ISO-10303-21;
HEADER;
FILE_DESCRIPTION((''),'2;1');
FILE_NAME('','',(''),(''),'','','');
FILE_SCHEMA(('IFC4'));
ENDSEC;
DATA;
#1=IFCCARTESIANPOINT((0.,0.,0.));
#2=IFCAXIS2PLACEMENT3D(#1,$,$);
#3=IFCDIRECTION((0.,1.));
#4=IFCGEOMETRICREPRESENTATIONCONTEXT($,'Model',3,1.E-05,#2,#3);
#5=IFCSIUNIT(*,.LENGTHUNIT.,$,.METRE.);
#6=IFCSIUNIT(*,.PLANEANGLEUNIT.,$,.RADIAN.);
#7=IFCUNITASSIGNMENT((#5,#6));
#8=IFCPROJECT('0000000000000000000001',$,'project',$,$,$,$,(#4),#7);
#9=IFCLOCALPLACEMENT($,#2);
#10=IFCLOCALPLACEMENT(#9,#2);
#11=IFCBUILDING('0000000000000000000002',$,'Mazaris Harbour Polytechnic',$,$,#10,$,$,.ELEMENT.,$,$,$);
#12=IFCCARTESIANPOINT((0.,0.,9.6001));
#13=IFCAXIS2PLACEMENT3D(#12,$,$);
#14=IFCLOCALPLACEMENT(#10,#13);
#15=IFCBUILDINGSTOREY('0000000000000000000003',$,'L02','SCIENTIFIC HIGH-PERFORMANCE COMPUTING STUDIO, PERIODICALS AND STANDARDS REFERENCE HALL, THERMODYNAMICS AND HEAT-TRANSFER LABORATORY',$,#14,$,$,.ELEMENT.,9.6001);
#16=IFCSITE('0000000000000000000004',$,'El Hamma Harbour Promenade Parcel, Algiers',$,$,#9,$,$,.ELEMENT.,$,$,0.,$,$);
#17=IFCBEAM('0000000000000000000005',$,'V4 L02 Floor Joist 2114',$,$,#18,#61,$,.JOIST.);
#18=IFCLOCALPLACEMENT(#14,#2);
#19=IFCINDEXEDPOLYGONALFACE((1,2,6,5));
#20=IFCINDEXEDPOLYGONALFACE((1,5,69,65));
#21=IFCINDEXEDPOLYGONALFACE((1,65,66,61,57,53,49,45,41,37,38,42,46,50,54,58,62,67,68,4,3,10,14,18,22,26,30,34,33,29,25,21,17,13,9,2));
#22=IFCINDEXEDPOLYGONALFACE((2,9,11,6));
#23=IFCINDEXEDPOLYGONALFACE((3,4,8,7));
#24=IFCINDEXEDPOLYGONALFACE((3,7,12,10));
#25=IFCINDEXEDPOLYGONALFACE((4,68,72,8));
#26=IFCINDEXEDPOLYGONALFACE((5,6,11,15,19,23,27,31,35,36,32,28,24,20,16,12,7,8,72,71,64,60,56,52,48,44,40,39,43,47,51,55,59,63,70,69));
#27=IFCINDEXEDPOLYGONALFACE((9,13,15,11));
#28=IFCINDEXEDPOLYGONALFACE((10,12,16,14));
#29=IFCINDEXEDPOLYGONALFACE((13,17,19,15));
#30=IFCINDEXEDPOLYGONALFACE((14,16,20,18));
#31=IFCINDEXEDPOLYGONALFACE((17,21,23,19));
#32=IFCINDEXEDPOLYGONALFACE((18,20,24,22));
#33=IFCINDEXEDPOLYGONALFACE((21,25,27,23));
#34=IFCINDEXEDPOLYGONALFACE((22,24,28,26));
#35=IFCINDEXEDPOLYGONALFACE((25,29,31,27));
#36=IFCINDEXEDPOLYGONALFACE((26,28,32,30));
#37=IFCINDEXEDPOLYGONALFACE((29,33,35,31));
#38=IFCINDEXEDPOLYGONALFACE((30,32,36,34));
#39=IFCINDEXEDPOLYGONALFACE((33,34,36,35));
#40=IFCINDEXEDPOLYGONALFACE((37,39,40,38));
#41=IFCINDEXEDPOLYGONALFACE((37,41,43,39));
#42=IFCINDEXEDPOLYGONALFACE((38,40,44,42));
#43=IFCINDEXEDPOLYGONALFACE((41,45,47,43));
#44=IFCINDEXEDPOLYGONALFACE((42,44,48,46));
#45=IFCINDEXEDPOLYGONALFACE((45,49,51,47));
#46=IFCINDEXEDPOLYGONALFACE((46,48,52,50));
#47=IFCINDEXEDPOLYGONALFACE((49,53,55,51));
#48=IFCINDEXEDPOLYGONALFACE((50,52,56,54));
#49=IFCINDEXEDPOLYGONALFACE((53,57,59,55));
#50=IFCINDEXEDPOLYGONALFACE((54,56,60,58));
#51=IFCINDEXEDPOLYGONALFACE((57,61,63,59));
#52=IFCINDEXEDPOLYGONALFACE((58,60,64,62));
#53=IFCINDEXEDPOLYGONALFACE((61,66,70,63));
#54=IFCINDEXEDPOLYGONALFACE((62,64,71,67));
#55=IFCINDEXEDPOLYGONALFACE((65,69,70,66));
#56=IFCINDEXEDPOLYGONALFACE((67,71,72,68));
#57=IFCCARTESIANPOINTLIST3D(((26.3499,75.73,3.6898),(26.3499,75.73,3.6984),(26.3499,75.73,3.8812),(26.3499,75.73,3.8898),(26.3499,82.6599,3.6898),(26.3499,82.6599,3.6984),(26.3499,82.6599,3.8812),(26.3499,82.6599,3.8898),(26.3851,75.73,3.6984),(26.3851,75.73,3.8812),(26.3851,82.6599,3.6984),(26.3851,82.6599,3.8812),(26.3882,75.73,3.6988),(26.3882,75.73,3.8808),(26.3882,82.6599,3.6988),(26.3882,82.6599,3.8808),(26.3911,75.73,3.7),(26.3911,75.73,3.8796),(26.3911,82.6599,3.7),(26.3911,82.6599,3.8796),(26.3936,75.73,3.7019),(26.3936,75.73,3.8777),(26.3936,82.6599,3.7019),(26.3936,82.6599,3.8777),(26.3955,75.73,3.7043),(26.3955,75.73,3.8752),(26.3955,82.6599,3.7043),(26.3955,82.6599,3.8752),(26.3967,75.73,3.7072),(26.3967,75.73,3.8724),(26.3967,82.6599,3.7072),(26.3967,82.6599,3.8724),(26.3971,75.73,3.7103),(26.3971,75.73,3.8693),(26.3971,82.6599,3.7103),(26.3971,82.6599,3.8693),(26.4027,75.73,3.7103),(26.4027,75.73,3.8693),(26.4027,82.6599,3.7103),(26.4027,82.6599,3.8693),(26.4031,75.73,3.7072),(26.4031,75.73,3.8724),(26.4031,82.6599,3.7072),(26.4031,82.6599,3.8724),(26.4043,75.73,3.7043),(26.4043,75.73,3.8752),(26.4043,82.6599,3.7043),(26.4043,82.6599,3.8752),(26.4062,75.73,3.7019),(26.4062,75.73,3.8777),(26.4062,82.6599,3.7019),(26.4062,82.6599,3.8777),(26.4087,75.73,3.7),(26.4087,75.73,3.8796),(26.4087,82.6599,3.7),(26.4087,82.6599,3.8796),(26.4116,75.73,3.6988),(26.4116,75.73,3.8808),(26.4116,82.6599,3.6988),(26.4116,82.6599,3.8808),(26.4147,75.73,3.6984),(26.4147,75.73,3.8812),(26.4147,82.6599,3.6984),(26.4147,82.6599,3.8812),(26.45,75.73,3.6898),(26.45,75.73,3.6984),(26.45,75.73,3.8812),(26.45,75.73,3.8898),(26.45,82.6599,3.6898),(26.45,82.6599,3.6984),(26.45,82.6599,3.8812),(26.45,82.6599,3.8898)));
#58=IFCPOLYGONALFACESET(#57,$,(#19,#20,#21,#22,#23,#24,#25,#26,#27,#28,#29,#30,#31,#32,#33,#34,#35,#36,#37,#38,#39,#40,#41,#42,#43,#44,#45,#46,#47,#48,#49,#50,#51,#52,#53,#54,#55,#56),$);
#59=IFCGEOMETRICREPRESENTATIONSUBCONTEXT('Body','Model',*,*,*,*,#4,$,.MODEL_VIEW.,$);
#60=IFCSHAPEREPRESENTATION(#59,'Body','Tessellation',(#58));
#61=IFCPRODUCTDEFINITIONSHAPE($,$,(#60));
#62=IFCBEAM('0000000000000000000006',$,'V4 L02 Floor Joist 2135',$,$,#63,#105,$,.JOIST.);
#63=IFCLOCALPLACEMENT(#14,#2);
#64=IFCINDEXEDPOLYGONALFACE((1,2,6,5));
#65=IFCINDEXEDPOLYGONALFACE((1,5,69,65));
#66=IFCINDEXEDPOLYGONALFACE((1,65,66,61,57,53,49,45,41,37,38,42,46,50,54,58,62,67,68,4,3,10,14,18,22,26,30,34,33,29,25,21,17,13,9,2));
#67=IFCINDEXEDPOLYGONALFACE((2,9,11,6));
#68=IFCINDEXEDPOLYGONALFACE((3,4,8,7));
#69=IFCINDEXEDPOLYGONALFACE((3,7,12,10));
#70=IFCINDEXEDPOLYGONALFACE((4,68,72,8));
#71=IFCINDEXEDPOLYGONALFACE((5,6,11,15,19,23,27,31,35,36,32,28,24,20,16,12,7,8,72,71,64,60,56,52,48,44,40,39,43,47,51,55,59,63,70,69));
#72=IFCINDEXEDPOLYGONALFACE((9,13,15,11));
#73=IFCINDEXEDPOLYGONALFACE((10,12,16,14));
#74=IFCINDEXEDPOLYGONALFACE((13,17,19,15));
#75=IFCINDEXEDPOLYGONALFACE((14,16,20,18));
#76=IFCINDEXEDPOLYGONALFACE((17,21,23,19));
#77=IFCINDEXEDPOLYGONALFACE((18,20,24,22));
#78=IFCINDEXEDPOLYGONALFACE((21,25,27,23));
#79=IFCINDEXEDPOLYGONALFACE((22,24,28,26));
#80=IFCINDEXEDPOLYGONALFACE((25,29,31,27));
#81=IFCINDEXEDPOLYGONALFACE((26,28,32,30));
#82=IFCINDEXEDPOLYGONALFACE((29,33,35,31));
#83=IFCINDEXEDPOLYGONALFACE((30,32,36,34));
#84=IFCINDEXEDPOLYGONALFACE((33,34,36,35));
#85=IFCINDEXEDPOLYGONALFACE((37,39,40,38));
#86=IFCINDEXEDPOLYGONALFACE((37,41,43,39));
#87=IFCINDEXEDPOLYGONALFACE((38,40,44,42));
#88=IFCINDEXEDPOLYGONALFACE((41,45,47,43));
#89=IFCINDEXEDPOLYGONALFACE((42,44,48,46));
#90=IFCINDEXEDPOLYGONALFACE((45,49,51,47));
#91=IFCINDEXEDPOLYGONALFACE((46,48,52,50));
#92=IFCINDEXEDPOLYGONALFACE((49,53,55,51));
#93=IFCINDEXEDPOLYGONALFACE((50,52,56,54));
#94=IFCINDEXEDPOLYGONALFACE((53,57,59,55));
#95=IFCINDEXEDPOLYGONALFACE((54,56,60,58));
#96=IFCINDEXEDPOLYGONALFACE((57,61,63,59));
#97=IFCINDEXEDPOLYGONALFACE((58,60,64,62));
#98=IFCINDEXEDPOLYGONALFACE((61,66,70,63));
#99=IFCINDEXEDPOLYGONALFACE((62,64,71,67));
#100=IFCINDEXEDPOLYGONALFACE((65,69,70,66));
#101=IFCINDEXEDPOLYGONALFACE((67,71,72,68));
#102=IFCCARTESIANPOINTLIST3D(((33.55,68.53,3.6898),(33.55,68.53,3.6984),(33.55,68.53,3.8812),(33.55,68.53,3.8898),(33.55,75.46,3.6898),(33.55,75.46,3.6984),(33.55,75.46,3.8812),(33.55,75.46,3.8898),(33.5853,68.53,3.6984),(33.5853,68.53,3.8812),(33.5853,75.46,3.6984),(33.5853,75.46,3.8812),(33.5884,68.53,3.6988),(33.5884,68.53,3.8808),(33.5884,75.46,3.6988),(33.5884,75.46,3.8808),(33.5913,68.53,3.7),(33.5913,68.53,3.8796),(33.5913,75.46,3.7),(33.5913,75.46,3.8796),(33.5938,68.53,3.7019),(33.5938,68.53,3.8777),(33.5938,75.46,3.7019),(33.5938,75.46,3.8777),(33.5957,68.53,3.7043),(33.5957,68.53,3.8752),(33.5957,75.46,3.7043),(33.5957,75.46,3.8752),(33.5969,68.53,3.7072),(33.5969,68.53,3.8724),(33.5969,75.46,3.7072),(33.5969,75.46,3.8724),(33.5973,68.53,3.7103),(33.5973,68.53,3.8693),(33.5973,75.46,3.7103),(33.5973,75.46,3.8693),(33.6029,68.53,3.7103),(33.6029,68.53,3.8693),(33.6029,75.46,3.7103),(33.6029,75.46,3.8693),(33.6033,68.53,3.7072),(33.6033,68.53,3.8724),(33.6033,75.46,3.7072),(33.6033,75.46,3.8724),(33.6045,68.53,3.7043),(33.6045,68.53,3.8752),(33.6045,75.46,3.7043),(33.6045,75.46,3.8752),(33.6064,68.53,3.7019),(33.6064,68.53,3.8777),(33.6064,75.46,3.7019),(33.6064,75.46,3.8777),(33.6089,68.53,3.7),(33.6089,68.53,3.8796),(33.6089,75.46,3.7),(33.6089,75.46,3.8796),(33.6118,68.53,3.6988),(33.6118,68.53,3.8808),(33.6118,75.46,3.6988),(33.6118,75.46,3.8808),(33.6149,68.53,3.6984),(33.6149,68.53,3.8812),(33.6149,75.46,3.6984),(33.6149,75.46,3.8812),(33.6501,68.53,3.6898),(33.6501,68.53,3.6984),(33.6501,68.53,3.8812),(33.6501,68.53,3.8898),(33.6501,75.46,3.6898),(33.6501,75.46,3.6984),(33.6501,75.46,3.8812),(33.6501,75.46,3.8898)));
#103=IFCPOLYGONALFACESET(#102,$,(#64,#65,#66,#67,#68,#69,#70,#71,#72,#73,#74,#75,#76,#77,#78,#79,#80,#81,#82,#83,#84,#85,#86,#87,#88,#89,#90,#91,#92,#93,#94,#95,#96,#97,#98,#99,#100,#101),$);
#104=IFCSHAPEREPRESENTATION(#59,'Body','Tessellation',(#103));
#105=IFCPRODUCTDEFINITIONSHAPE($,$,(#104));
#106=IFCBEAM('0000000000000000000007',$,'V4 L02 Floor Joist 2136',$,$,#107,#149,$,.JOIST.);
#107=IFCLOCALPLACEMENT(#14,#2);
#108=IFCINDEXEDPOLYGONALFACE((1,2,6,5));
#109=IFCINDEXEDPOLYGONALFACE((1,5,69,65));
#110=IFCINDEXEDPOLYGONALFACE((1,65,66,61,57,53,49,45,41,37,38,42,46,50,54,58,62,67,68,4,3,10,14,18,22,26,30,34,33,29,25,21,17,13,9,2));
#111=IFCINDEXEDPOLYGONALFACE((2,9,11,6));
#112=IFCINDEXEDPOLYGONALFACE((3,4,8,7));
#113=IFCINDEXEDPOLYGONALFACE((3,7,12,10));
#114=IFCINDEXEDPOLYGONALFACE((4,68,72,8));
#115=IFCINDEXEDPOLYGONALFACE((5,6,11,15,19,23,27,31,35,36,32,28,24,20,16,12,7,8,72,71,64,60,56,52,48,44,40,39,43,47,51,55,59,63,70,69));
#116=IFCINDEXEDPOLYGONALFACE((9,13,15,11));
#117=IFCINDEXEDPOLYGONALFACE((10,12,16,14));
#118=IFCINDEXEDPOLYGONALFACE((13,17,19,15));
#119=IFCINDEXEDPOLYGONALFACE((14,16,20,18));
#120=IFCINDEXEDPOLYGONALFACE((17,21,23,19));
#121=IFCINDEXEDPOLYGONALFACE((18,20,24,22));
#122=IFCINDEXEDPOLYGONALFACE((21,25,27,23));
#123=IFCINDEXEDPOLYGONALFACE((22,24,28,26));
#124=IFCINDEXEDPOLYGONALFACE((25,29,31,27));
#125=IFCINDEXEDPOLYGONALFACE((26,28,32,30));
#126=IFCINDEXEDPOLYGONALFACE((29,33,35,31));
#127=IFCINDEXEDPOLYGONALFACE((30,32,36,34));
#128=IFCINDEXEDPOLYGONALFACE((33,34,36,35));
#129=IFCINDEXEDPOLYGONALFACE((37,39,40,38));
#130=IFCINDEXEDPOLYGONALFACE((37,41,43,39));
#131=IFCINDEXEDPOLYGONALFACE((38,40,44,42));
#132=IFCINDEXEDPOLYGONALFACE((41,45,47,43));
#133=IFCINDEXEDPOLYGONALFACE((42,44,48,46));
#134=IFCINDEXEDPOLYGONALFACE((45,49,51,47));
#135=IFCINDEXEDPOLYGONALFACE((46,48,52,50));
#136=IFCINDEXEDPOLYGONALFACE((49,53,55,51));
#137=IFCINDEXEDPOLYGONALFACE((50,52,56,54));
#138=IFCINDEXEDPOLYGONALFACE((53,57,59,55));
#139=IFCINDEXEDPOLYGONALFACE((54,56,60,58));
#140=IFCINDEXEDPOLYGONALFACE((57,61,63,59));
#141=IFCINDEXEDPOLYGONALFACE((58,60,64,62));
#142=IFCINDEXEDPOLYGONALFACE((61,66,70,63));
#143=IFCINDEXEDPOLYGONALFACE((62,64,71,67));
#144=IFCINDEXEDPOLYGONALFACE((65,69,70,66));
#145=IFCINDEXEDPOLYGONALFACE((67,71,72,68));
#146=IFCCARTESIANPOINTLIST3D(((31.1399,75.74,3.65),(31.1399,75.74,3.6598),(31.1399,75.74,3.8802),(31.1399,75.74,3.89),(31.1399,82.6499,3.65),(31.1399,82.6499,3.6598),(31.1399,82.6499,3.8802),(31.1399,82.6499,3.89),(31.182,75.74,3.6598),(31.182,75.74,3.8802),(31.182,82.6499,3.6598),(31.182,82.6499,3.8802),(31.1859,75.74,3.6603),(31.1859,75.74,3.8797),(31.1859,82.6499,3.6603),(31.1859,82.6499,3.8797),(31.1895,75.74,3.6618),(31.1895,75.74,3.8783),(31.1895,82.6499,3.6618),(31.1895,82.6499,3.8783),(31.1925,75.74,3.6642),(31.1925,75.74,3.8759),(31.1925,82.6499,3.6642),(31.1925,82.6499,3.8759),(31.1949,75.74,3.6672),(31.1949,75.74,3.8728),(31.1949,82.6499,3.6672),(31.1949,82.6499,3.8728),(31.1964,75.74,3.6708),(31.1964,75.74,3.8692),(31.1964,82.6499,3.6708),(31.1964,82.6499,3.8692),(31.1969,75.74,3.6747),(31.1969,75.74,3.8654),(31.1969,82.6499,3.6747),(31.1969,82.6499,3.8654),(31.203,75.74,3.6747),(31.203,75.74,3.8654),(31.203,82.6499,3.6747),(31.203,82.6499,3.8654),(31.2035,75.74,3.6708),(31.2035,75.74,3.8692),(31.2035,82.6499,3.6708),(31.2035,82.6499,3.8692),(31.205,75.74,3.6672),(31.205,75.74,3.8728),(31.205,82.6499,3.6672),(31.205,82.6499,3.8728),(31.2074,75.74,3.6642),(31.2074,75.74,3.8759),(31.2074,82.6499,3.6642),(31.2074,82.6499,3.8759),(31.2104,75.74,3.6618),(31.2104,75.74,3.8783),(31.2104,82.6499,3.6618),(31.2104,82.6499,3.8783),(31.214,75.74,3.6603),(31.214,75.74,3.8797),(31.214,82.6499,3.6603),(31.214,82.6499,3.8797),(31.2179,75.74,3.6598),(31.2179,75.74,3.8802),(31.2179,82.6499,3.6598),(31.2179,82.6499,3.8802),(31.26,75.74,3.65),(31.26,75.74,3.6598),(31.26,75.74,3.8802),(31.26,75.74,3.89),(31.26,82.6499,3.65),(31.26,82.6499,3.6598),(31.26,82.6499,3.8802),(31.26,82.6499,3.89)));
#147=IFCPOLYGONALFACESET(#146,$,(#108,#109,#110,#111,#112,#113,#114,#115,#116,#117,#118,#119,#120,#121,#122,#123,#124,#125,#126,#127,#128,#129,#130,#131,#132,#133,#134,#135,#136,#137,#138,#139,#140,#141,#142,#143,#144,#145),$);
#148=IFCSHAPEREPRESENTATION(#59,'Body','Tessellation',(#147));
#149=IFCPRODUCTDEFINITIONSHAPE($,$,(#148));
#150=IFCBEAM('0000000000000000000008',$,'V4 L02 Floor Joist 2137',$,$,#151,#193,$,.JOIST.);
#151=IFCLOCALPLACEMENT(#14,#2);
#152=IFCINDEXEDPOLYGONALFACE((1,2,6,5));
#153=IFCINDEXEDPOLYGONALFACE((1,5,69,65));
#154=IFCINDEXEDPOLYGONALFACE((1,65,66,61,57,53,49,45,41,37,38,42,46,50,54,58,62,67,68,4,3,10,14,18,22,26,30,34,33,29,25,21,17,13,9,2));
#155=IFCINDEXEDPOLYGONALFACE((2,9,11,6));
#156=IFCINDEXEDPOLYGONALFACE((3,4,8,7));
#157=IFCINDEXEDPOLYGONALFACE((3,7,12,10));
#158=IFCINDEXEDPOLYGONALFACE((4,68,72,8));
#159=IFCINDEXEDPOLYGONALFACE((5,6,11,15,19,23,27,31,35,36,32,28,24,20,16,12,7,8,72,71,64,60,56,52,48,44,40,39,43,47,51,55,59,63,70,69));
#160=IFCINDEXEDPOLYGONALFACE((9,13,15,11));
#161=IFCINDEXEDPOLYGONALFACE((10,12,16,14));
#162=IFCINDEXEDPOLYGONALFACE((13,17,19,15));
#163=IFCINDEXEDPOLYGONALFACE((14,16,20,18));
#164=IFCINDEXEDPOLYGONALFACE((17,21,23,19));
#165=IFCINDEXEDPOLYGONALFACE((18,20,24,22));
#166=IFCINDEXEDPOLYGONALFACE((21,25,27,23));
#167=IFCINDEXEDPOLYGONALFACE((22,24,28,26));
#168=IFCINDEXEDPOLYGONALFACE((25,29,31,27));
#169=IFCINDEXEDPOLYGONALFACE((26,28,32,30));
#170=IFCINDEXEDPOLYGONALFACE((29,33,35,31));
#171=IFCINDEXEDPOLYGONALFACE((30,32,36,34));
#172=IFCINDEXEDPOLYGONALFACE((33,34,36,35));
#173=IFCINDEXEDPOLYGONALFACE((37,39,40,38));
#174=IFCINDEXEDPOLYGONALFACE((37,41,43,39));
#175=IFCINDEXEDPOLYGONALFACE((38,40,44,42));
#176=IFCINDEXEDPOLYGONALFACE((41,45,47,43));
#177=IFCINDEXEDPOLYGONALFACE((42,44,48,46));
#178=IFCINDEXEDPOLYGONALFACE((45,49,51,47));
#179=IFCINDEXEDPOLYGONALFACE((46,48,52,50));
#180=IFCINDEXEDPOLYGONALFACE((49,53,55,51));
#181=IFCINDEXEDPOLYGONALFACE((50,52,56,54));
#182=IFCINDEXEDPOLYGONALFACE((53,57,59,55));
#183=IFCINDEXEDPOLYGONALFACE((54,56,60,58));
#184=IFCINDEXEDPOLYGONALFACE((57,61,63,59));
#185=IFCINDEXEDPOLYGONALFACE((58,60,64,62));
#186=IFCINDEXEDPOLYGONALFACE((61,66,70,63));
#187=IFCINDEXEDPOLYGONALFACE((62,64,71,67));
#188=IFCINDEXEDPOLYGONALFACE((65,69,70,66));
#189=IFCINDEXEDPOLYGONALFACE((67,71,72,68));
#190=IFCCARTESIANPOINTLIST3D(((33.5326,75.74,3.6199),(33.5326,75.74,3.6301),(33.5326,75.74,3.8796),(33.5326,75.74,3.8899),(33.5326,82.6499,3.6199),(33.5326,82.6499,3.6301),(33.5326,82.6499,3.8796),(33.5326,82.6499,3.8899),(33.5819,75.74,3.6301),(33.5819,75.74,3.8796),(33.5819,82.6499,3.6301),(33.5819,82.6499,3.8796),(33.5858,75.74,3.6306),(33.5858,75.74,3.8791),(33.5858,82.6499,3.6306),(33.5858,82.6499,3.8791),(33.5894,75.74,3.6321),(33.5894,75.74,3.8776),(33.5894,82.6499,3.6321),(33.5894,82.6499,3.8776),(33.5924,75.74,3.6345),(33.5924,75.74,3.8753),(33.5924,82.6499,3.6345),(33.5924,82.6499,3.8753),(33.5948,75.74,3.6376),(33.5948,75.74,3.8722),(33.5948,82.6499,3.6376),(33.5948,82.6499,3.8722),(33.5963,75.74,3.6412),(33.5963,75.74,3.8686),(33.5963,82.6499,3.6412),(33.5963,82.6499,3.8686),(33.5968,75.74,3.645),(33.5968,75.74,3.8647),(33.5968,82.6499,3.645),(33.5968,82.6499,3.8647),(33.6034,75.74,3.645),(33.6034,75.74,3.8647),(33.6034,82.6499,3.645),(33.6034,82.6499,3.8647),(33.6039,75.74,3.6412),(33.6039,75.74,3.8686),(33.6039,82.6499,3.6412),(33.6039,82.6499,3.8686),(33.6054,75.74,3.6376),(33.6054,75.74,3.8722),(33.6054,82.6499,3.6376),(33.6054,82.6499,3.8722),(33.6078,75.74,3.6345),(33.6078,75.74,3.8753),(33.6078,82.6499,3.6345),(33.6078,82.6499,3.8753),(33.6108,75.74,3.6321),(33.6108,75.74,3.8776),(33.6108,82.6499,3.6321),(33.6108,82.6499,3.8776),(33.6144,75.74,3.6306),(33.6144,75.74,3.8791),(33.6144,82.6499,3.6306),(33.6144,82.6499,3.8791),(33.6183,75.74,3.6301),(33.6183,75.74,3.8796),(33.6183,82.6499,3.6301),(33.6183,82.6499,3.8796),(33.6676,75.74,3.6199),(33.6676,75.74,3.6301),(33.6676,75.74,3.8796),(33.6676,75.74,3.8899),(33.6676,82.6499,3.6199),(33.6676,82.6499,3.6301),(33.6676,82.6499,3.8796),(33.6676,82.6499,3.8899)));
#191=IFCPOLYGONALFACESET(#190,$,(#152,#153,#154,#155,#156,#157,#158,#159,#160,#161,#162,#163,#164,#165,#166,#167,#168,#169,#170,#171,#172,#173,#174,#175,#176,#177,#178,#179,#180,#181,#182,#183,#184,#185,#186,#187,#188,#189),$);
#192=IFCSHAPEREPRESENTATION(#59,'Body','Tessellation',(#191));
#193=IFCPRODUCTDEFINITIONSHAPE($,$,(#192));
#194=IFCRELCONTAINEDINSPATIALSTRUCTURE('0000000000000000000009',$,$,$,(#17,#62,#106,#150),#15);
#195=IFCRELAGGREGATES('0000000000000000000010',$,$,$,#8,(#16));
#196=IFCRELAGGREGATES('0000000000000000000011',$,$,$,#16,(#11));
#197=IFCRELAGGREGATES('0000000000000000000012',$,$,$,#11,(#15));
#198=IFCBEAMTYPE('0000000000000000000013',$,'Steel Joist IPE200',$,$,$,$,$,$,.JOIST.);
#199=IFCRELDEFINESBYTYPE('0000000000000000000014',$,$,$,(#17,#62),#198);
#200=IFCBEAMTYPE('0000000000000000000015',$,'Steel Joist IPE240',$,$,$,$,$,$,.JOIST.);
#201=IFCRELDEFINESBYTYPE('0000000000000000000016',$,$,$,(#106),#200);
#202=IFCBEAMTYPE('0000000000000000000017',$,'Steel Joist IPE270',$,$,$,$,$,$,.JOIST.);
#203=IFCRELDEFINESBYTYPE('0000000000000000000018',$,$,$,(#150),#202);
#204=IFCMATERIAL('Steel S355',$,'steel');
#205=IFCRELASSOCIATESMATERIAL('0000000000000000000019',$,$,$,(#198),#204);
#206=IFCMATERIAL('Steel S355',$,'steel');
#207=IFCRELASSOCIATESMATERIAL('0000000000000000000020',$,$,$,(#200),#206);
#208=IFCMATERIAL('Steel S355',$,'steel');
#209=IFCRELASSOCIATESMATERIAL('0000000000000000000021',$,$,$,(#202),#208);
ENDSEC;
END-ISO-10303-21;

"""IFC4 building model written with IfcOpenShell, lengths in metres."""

from ifc_helpers import new_model, si_unit, direction, frame, origin, origin_2d, place, context, subcontext, project, spatial, i_section, extrude, material, material_profile, profile_set, type_object, element, save


model = new_model("IFC4")

# Units and contexts
model_context = context("Model", 3, precision=1e-05, world=origin(), true_north=direction((0.0, 1.0)))
body_context = subcontext(model_context, "Body", "Model", "MODEL_VIEW")
ifc_project = project(units=[si_unit("LENGTHUNIT", "METRE"), si_unit("PLANEANGLEUNIT", "RADIAN")], contexts=[model_context])

# Site, building, storey
site_placement = place(None, origin())
site = spatial("IfcSite", under=ifc_project, at=site_placement, Name="El Hamma Harbour Promenade Parcel, Algiers", CompositionType="ELEMENT", RefElevation=0.0)
building_placement = place(site_placement, origin())
building = spatial("IfcBuilding", under=site, at=building_placement, Name="Mazaris Harbour Polytechnic", CompositionType="ELEMENT")
storey_placement = place(building_placement, frame((0.0, 0.0, 9.6001)))
storey = spatial("IfcBuildingStorey", under=building, at=storey_placement, Name="L02", Description="SCIENTIFIC HIGH-PERFORMANCE COMPUTING STUDIO, PERIODICALS AND STANDARDS REFERENCE HALL, THERMODYNAMICS AND HEAT-TRANSFER LABORATORY", CompositionType="ELEMENT", Elevation=9.6001)

# Beams
ifc_material_1 = material(Name="Steel S355", Category="steel")
ifc_material_profile_1 = material_profile(ifc_material_1, i_section(OverallWidth=0.1001, OverallDepth=0.2, WebThickness=0.0056, FlangeThickness=0.0085, FilletRadius=0.012, at=origin_2d()), Name="IPE 200")
ifc_profile_set_1 = profile_set([ifc_material_profile_1], Name="Steel S355")
beam_type_1 = type_object("IfcBeamType", Name="Steel Joist IPE200", PredefinedType="JOIST", material=ifc_profile_set_1)
for number, where, z_axis, x_axis, name in (
    (1, (26.3999, 75.73, 3.7898), (0.0, 1.0, 0.0), (-1.0, 0.0, 0.0), "V4 L02 Floor Joist 2114"),
    (2, (33.6001, 68.53, 3.7898), (0.0, 1.0, 0.0), (-1.0, 0.0, 0.0), "V4 L02 Floor Joist 2135"),
):
    element("IfcBeam", number, at=place(storey_placement, frame(where, z_axis=z_axis, x_axis=x_axis)), inside=storey, type_object=beam_type_1, Name=name, PredefinedType="JOIST", context=body_context, shape_type="SweptSolid", body=[
        extrude(i_section(OverallWidth=0.1001, OverallDepth=0.2, WebThickness=0.0056, FlangeThickness=0.0085, FilletRadius=0.012, at=origin_2d()), origin(), (0.0, 0.0, 1.0), 6.9299),
    ])
ifc_material_2 = material(Name="Steel S355", Category="steel")
ifc_material_profile_2 = material_profile(ifc_material_2, i_section(OverallWidth=0.1201, OverallDepth=0.24, WebThickness=0.0061, FlangeThickness=0.0098, FilletRadius=0.0149, at=origin_2d()), Name="IPE 240")
ifc_profile_set_2 = profile_set([ifc_material_profile_2], Name="Steel S355")
beam_type_2 = type_object("IfcBeamType", Name="Steel Joist IPE240", PredefinedType="JOIST", material=ifc_profile_set_2)
beam_1_placement = place(storey_placement, frame((31.2, 75.74, 3.77), z_axis=(0.0, 1.0, 0.0), x_axis=(-1.0, 0.0, 0.0)))
element("IfcBeam", 3, at=beam_1_placement, inside=storey, type_object=beam_type_2, Name="V4 L02 Floor Joist 2136", PredefinedType="JOIST", context=body_context, shape_type="SweptSolid", body=[
    extrude(i_section(OverallWidth=0.1201, OverallDepth=0.24, WebThickness=0.0061, FlangeThickness=0.0098, FilletRadius=0.0149, at=origin_2d()), origin(), (0.0, 0.0, 1.0), 6.9099),
])
ifc_material_3 = material(Name="Steel S355", Category="steel")
ifc_material_profile_3 = material_profile(ifc_material_3, i_section(OverallWidth=0.135, OverallDepth=0.27, WebThickness=0.0066, FlangeThickness=0.0103, FilletRadius=0.0149, at=origin_2d()), Name="IPE 270")
ifc_profile_set_3 = profile_set([ifc_material_profile_3], Name="Steel S355")
beam_type_3 = type_object("IfcBeamType", Name="Steel Joist IPE270", PredefinedType="JOIST", material=ifc_profile_set_3)
beam_2_placement = place(storey_placement, frame((33.6001, 75.74, 3.7549), z_axis=(0.0, 1.0, 0.0), x_axis=(-1.0, 0.0, 0.0)))
element("IfcBeam", 4, at=beam_2_placement, inside=storey, type_object=beam_type_3, Name="V4 L02 Floor Joist 2137", PredefinedType="JOIST", context=body_context, shape_type="SweptSolid", body=[
    extrude(i_section(OverallWidth=0.135, OverallDepth=0.27, WebThickness=0.0066, FlangeThickness=0.0103, FilletRadius=0.0149, at=origin_2d()), origin(), (0.0, 0.0, 1.0), 6.9099),
])

save(model, "model.ifc")
